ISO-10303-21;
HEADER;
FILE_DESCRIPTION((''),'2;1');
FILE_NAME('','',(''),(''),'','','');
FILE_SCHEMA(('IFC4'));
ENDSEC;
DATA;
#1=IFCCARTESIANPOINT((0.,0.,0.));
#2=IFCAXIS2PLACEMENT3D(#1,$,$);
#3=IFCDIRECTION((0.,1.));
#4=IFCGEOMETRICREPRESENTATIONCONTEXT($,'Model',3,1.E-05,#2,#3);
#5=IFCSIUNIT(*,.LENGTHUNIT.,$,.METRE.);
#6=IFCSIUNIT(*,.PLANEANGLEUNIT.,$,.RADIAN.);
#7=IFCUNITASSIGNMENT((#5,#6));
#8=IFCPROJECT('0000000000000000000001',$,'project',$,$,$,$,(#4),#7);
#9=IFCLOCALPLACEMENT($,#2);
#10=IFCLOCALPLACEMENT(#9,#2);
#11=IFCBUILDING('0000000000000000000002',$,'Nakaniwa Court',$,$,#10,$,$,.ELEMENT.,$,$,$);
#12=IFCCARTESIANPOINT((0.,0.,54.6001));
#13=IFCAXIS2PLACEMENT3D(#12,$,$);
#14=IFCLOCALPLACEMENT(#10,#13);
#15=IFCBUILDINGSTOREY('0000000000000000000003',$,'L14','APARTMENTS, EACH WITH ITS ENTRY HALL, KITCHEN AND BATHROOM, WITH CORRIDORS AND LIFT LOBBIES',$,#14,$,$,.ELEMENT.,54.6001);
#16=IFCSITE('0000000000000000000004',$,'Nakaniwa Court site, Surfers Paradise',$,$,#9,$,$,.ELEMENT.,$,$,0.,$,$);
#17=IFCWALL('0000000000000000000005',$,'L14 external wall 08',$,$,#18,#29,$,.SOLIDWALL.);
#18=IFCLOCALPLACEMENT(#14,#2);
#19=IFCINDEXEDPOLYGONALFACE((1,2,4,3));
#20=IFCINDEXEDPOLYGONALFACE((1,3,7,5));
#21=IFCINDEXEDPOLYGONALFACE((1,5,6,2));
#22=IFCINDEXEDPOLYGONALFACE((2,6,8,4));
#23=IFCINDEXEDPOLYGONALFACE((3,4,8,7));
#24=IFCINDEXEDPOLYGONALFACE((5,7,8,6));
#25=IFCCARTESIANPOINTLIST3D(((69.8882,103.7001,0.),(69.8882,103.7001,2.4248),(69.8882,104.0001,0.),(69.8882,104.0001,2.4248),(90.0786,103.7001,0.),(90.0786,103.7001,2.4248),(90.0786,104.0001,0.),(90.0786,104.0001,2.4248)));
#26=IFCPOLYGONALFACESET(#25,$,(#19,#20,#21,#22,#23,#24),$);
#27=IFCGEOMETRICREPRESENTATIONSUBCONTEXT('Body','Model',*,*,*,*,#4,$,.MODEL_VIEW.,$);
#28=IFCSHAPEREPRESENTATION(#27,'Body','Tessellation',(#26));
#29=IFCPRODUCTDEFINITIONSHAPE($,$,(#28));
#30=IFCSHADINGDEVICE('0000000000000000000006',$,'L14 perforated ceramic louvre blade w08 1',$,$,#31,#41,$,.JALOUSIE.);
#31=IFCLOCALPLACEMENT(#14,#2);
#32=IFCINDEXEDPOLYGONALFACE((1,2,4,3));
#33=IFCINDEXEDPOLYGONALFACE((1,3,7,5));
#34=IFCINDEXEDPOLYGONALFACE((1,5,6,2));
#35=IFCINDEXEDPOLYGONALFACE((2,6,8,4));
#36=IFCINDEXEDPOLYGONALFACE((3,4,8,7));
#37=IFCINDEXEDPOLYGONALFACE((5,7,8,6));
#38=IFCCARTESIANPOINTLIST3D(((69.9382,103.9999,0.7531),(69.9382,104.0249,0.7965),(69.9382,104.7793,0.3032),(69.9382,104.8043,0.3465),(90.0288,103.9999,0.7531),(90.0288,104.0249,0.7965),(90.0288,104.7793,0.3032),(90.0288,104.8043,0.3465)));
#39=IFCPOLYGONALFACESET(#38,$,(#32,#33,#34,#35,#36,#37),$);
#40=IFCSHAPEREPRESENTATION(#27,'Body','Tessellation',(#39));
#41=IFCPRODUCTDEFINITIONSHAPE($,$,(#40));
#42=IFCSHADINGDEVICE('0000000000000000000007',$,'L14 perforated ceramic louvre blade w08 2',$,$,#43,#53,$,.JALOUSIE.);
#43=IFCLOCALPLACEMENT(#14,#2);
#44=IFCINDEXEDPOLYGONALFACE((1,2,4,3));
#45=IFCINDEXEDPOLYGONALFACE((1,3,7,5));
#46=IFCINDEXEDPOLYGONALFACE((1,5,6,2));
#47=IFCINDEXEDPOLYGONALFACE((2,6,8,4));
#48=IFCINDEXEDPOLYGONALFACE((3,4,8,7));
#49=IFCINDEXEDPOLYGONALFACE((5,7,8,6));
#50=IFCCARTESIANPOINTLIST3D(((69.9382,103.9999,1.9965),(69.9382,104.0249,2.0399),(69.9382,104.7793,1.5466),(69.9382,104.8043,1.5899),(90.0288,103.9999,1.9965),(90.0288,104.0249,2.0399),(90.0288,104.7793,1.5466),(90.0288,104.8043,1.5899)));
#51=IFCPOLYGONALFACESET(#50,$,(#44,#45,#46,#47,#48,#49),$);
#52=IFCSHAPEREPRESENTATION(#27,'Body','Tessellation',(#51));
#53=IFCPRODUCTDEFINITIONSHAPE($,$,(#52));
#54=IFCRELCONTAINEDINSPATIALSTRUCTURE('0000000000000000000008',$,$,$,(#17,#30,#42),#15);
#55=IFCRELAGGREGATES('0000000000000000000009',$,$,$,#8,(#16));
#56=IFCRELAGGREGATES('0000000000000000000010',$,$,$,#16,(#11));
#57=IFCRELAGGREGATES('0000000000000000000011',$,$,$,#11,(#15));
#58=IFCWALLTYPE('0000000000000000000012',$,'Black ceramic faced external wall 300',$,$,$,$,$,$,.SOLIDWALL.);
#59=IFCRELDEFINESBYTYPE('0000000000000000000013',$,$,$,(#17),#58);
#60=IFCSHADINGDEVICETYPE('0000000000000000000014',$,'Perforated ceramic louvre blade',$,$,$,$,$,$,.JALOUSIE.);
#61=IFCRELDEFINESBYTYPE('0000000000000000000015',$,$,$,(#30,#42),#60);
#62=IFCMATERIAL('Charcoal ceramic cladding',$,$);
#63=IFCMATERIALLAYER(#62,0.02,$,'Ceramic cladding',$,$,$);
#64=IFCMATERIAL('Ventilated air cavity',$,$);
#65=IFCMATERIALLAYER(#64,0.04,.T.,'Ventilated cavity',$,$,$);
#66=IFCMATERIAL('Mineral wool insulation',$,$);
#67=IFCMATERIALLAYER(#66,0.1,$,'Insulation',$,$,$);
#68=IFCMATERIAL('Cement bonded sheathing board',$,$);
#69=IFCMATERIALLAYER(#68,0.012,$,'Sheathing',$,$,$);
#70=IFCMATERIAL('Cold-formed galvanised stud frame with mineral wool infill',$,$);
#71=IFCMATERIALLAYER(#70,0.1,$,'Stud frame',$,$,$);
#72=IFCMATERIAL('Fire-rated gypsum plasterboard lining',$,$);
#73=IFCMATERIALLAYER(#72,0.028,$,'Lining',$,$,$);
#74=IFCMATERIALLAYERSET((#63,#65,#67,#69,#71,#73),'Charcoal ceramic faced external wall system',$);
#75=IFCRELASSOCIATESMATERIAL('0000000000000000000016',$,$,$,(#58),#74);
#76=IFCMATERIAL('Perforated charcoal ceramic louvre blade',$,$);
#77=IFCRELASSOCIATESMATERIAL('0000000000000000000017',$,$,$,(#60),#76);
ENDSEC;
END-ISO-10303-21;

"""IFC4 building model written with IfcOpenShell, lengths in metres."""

from ifc_helpers import new_model, si_unit, direction, frame, frame_2d, origin, origin_2d, place, context, subcontext, project, spatial, rectangle, extrude, material, layer, layer_set, material_profile, profile_set, type_object, element, save


model = new_model("IFC4")

# Units and contexts
model_context = context("Model", 3, precision=1e-05, world=origin(), true_north=direction((0.0, 1.0)))
body_context = subcontext(model_context, "Body", "Model", "MODEL_VIEW")
ifc_project = project(units=[si_unit("LENGTHUNIT", "METRE"), si_unit("PLANEANGLEUNIT", "RADIAN")], contexts=[model_context])

# Site, building, storey
site_placement = place(None, origin())
site = spatial("IfcSite", under=ifc_project, at=site_placement, Name="Nakaniwa Court site, Surfers Paradise", CompositionType="ELEMENT", RefElevation=0.0)
building_placement = place(site_placement, origin())
building = spatial("IfcBuilding", under=site, at=building_placement, Name="Nakaniwa Court", CompositionType="ELEMENT")
storey_placement = place(building_placement, frame((0.0, 0.0, 54.6001)))
storey = spatial("IfcBuildingStorey", under=building, at=storey_placement, Name="L14", Description="APARTMENTS, EACH WITH ITS ENTRY HALL, KITCHEN AND BATHROOM, WITH CORRIDORS AND LIFT LOBBIES", CompositionType="ELEMENT", Elevation=54.6001)

# Shared definitions
ifc_material_1 = material(Name="Charcoal ceramic cladding")
ifc_layer_1 = layer(ifc_material_1, 0.02, Name="Ceramic cladding")
ifc_material_2 = material(Name="Ventilated air cavity")
ifc_layer_2 = layer(ifc_material_2, 0.04, ventilated=True, Name="Ventilated cavity")
ifc_material_3 = material(Name="Mineral wool insulation")
ifc_layer_3 = layer(ifc_material_3, 0.1, Name="Insulation")
ifc_material_4 = material(Name="Cement bonded sheathing board")
ifc_layer_4 = layer(ifc_material_4, 0.012, Name="Sheathing")
ifc_material_5 = material(Name="Cold-formed galvanised stud frame with mineral wool infill")
ifc_layer_5 = layer(ifc_material_5, 0.1, Name="Stud frame")
ifc_material_6 = material(Name="Fire-rated gypsum plasterboard lining")
ifc_layer_6 = layer(ifc_material_6, 0.028, Name="Lining")
ifc_layer_set_1 = layer_set([ifc_layer_1, ifc_layer_2, ifc_layer_3, ifc_layer_4, ifc_layer_5, ifc_layer_6], Name="Charcoal ceramic faced external wall system")
wall_type_1 = type_object("IfcWallType", Name="Black ceramic faced external wall 300", PredefinedType="SOLIDWALL", material=ifc_layer_set_1)

# Wall
wall_1_placement = place(storey_placement, frame((90.0786, 103.8501, 0.0), z_axis=(0.0, 0.0, 1.0), x_axis=(-1.0, 0.0, 0.0)))
element("IfcWall", 1, at=wall_1_placement, inside=storey, type_object=wall_type_1, Name="L14 external wall 08", PredefinedType="SOLIDWALL", context=body_context, shape_type="SweptSolid", body=[
    extrude(rectangle(XDim=20.1904, YDim=0.3, at=frame_2d((10.0952, 0.0))), origin(), (0.0, 0.0, 1.0), 2.4248),
])

# Shading devices
ifc_material_7 = material(Name="Perforated charcoal ceramic louvre blade")
ifc_material_profile_1 = material_profile(ifc_material_7, rectangle(XDim=0.8999, YDim=0.05, at=origin_2d()), Name="Perforated ceramic louvre blade")
ifc_profile_set_1 = profile_set([ifc_material_profile_1], Name="Perforated charcoal ceramic louvre blade")
shading_device_type = type_object("IfcShadingDeviceType", Name="Perforated ceramic louvre blade", PredefinedType="JALOUSIE", material=ifc_profile_set_1)
for number, where, z_axis, x_axis, name in (
    (2, (90.0288, 104.4021, 0.5498), (-1.0, 0.0, 0.0), (0.0, -0.866025, 0.5), "L14 perforated ceramic louvre blade w08 1"),
    (3, (90.0288, 104.4021, 1.7932), (-1.0, 0.0, 0.0), (0.0, -0.866025, 0.5), "L14 perforated ceramic louvre blade w08 2"),
):
    element("IfcShadingDevice", number, at=place(storey_placement, frame(where, z_axis=z_axis, x_axis=x_axis)), inside=storey, type_object=shading_device_type, Name=name, PredefinedType="JALOUSIE", context=body_context, shape_type="SweptSolid", body=[
        extrude(rectangle(XDim=0.8999, YDim=0.05, at=origin_2d()), origin(), (0.0, 0.0, 1.0), 20.0906),
    ])

save(model, "model.ifc")
